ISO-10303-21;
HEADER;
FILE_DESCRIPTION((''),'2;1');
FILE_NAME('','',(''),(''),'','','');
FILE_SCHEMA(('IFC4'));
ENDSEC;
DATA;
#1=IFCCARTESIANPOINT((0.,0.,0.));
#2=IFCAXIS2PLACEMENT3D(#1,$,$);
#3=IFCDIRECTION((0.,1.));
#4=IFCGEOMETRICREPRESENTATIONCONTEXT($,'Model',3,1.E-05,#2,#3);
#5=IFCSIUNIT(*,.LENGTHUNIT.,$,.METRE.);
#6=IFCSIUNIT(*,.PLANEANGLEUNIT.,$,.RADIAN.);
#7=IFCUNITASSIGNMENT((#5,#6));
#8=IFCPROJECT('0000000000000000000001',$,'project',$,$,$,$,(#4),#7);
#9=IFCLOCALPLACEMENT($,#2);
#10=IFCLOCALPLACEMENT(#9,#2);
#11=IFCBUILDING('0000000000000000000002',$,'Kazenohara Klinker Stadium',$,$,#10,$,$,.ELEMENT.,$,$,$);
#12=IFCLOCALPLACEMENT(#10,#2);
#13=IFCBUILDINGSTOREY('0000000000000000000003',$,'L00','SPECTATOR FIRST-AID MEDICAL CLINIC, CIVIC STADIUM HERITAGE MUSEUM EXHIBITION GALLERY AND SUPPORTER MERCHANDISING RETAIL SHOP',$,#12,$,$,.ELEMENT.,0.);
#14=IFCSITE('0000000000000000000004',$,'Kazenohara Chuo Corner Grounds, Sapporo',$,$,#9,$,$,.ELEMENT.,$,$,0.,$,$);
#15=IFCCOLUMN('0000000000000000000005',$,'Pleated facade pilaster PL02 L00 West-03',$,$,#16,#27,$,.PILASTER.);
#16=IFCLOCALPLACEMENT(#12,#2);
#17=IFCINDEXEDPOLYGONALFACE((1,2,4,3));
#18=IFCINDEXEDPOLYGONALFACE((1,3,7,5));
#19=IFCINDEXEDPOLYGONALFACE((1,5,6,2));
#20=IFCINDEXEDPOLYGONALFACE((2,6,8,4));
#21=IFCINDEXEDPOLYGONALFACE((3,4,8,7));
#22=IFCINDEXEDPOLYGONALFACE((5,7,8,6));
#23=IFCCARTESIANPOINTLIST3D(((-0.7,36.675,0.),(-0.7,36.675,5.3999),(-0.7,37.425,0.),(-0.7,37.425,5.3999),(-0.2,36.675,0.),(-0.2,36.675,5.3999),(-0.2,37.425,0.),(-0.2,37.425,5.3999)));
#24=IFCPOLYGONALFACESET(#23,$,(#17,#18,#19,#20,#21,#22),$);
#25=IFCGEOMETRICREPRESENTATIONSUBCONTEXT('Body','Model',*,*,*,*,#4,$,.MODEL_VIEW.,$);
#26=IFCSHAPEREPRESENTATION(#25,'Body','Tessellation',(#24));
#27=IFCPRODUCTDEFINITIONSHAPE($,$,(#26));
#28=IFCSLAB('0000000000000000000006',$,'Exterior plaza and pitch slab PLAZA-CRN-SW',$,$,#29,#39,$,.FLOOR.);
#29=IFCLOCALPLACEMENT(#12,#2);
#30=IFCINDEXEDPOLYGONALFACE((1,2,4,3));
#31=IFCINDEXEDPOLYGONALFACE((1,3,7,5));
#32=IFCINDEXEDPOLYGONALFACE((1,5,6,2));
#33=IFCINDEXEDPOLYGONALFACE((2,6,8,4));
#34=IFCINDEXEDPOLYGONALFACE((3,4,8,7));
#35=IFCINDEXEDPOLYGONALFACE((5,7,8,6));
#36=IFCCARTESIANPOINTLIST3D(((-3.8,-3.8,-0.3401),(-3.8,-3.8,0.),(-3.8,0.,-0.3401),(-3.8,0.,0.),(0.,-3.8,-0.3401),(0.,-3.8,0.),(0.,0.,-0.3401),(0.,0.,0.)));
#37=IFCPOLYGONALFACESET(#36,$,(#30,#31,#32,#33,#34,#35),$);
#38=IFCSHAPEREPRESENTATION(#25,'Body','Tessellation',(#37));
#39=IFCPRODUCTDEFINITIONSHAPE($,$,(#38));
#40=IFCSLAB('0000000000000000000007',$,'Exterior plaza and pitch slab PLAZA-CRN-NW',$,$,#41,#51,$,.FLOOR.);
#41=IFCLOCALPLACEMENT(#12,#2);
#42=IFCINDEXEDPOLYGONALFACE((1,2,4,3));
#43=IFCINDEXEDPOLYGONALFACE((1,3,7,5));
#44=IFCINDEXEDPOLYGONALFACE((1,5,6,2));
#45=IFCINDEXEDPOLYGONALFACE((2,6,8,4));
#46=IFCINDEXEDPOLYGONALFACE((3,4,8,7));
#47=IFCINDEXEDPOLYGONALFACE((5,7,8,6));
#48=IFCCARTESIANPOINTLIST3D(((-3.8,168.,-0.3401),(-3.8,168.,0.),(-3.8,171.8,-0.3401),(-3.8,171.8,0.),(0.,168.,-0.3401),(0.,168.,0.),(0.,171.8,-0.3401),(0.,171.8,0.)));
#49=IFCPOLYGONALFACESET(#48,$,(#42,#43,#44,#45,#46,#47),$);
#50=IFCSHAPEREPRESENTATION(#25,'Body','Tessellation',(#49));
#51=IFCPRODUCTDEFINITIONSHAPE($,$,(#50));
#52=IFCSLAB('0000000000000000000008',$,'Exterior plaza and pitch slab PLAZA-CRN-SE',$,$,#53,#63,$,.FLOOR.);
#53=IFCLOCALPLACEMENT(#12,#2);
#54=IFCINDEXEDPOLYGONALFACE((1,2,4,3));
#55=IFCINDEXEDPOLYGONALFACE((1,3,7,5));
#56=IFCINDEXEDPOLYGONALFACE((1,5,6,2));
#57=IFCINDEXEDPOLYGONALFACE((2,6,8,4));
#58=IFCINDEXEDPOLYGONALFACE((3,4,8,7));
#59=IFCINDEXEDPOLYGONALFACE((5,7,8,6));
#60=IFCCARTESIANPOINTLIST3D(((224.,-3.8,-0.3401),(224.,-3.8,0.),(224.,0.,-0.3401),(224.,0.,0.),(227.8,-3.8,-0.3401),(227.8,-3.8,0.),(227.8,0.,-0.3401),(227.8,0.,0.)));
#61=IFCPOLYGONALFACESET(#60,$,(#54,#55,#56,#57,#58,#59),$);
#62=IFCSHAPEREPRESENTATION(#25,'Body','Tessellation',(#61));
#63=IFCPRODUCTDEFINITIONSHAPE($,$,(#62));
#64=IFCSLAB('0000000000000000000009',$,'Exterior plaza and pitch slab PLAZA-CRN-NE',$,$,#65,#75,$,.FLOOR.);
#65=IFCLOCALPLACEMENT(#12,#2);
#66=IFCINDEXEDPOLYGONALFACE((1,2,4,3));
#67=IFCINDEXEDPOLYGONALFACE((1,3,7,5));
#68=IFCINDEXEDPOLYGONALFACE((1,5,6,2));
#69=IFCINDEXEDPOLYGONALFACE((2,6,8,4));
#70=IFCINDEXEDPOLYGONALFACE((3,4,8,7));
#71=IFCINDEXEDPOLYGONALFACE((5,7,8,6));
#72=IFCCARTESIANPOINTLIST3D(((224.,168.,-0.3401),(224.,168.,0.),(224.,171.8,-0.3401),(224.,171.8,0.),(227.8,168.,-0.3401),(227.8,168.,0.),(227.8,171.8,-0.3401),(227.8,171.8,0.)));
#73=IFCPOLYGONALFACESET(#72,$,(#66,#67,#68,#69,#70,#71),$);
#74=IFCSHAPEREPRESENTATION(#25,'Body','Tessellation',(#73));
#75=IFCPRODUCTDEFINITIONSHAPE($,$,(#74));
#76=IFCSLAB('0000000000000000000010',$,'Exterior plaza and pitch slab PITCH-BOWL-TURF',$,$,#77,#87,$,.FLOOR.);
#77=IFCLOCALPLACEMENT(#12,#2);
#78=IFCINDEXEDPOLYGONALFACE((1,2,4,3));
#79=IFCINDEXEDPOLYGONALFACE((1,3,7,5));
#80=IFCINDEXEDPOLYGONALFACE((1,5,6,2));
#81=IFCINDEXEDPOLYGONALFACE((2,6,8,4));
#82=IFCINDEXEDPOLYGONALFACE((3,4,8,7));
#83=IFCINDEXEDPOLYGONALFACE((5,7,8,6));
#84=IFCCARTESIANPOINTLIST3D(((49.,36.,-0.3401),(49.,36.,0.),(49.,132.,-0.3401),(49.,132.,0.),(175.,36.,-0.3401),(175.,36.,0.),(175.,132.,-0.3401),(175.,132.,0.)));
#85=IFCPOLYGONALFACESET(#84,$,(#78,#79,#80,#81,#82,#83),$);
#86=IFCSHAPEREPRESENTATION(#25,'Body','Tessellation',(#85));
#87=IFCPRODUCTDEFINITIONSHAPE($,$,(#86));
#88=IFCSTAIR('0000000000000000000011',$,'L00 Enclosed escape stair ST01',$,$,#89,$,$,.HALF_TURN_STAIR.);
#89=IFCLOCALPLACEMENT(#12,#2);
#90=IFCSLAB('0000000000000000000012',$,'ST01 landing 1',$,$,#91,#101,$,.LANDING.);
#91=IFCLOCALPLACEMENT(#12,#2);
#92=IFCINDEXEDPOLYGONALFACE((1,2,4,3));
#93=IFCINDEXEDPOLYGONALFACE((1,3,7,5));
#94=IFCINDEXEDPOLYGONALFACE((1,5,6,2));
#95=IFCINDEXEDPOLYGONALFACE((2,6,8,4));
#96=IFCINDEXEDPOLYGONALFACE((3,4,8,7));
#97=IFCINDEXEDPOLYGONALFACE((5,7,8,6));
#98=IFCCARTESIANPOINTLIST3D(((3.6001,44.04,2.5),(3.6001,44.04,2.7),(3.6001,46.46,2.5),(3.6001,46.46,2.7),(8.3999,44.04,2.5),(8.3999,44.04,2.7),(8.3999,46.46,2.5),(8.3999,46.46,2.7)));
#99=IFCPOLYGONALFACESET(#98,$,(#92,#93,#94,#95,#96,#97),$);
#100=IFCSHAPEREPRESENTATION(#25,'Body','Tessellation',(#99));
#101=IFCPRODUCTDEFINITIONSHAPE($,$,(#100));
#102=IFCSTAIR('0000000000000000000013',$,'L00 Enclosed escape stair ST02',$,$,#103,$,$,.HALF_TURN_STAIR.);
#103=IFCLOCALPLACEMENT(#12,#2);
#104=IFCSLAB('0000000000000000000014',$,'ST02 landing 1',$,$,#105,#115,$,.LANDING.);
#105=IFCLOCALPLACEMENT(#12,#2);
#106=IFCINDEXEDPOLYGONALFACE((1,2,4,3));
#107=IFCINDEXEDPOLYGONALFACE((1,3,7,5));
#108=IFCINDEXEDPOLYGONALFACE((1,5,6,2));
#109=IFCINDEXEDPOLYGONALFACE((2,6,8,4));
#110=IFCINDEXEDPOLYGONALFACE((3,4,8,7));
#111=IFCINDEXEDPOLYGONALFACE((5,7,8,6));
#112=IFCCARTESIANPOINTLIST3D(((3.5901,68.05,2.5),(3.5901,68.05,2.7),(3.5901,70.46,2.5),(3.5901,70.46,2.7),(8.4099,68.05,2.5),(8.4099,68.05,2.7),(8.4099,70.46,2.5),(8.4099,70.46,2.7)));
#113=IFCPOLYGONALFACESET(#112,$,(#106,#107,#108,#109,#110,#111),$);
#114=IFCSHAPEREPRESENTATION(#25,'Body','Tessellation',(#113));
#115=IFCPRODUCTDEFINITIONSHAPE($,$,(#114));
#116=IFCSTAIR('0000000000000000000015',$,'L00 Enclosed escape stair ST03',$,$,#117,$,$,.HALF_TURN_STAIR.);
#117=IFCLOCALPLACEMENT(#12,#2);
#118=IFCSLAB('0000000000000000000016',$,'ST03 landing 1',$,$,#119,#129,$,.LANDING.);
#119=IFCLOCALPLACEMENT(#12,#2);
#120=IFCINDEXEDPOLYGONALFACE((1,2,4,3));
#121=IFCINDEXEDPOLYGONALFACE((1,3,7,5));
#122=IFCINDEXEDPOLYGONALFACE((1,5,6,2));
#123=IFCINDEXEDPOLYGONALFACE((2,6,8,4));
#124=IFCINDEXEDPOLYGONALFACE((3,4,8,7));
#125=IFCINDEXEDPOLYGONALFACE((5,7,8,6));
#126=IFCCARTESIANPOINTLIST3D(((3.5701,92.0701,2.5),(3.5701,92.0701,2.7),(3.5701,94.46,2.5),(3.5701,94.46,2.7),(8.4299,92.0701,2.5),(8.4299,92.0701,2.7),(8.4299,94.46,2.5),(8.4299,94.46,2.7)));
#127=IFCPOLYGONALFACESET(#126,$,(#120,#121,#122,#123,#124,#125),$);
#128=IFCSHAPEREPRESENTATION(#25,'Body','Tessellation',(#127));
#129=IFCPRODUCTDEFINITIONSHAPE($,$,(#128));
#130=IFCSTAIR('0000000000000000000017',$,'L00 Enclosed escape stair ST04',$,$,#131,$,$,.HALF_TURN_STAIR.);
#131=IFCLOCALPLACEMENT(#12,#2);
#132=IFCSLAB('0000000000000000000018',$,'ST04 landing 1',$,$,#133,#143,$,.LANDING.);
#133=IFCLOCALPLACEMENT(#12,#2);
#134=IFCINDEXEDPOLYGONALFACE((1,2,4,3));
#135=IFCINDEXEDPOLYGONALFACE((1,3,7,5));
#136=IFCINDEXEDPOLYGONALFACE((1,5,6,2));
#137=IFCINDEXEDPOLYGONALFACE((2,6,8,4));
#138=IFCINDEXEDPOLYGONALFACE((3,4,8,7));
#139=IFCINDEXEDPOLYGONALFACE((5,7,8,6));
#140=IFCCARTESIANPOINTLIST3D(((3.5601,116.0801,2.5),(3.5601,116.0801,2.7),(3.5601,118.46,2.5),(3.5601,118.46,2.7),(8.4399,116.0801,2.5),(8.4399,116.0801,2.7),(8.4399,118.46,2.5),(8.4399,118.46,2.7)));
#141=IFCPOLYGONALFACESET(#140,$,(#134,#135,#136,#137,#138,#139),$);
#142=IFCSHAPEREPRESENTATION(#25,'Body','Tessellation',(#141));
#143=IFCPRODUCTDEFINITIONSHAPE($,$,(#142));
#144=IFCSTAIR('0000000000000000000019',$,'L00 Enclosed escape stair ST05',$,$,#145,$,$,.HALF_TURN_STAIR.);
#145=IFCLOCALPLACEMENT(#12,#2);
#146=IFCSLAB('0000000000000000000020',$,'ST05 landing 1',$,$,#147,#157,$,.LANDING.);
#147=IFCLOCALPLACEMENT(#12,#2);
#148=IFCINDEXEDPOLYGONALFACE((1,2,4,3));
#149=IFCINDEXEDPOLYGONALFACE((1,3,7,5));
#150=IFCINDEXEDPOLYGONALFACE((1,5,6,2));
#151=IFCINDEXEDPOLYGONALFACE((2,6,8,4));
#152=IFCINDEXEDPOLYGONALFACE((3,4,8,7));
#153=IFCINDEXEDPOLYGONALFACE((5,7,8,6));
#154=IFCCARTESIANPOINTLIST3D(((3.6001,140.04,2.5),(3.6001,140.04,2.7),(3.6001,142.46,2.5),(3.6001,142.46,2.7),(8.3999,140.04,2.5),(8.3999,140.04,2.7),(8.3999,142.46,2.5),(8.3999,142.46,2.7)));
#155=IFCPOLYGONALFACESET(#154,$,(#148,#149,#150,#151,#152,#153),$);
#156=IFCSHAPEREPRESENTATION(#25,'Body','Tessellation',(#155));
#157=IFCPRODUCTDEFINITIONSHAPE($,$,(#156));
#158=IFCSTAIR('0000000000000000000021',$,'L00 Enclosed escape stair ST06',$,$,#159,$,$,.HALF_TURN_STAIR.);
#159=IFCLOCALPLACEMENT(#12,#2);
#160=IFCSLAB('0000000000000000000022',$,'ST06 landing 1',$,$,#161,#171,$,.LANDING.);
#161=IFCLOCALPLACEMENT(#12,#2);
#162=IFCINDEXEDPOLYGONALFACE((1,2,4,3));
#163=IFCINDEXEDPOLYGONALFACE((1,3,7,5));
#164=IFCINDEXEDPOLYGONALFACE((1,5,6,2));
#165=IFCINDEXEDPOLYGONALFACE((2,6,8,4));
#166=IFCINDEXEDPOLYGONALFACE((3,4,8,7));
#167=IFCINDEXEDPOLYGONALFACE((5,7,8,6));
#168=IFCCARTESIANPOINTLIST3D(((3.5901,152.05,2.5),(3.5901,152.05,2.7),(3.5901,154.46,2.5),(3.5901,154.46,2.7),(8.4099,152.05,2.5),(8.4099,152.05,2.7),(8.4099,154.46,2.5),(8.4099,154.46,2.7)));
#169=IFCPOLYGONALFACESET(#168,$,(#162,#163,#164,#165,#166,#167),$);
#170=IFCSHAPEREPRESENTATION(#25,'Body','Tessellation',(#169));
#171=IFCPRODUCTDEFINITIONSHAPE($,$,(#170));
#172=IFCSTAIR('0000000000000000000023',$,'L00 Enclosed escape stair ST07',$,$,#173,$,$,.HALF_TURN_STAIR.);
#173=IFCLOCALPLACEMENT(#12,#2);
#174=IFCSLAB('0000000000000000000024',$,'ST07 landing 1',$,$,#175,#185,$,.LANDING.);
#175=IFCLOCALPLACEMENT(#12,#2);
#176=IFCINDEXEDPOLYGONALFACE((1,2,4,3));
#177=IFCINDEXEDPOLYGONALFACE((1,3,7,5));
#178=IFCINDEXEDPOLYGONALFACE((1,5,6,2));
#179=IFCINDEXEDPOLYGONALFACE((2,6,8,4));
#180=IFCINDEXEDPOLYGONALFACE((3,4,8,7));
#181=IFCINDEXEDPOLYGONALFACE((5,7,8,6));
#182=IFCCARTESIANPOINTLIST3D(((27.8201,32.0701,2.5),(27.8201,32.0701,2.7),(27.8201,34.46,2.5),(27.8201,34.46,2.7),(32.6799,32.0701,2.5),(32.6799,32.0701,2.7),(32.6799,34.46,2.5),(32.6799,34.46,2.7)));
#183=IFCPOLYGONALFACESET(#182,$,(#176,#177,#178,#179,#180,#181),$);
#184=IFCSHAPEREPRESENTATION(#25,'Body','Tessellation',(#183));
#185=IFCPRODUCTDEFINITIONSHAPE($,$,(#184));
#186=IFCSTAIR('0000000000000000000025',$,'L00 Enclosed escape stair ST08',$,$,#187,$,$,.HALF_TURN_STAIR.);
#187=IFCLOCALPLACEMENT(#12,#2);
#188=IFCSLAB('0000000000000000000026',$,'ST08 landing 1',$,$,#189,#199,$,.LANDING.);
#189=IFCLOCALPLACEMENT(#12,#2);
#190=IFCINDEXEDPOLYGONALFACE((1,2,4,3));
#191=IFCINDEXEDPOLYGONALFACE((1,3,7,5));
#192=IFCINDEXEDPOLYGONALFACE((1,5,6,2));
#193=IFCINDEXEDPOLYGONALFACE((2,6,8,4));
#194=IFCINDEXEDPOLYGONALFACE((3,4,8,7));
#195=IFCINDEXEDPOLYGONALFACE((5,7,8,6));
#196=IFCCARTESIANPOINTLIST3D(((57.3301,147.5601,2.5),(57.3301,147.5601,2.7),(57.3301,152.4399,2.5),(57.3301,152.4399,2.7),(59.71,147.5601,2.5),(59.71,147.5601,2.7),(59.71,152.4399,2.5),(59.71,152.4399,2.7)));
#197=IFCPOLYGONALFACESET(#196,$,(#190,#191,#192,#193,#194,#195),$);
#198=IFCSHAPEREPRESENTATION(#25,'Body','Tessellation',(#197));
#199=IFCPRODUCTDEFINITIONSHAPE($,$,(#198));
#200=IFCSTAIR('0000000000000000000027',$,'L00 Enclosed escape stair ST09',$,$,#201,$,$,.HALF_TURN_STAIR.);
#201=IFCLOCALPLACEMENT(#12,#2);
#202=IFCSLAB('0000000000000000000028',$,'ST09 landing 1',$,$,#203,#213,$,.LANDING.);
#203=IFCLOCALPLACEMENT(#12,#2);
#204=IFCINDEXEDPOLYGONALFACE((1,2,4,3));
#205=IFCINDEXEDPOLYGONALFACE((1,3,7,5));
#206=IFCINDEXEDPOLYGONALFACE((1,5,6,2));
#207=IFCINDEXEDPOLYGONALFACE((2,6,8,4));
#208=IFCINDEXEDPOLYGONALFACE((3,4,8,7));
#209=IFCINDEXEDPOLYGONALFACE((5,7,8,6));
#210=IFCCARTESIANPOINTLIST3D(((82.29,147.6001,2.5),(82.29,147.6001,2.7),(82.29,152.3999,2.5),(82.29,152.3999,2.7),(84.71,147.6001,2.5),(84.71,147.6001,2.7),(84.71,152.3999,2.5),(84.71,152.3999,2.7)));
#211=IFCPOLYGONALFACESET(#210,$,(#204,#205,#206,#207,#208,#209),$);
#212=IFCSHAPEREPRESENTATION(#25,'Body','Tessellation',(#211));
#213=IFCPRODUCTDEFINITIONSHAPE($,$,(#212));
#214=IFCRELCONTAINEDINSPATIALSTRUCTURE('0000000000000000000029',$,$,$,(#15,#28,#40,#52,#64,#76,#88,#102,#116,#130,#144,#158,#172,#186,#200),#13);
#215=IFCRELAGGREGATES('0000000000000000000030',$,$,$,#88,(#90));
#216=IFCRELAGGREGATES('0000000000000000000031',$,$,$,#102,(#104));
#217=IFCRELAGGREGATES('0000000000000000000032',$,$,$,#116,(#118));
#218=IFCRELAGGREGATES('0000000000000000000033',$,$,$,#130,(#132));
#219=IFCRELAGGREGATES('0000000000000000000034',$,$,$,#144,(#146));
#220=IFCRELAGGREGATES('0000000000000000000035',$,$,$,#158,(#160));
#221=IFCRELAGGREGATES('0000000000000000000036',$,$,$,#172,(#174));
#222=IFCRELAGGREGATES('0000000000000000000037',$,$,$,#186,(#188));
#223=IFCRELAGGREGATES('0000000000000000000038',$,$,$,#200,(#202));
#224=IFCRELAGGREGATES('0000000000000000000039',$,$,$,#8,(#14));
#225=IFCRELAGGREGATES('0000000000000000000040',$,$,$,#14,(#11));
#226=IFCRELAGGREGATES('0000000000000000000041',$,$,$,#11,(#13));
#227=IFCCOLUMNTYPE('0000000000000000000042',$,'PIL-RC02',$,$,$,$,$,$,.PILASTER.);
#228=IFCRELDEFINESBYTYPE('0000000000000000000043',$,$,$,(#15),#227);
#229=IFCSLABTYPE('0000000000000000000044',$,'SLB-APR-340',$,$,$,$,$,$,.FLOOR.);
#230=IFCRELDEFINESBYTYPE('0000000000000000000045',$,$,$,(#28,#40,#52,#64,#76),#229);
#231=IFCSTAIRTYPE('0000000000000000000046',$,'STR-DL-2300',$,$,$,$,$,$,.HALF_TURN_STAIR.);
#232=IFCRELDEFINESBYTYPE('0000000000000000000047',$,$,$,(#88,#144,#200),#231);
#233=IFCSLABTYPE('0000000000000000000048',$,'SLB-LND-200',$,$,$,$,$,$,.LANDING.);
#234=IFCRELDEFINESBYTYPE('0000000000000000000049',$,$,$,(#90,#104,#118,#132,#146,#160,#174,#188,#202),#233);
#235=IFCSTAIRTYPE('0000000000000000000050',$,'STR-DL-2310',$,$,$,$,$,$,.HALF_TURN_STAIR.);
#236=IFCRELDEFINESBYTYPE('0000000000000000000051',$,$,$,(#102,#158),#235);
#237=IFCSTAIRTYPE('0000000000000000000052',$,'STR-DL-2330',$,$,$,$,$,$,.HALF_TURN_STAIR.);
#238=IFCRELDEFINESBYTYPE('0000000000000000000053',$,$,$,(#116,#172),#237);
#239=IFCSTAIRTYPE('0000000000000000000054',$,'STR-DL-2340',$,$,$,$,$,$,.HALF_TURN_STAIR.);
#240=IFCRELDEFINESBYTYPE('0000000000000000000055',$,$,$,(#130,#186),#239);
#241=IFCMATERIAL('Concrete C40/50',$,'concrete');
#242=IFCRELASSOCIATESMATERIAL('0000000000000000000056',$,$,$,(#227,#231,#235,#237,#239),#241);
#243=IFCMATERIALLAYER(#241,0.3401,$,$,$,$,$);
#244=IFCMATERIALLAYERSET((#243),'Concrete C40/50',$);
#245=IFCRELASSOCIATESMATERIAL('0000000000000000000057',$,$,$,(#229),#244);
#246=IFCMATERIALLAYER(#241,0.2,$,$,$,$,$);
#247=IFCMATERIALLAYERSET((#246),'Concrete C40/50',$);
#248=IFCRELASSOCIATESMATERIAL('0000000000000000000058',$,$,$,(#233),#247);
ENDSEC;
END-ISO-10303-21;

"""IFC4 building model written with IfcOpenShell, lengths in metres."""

from ifc_helpers import new_model, si_unit, direction, frame, origin, origin_2d, place, context, subcontext, project, spatial, polyline, rectangle, outline, extrude, material, layer, layer_set, material_profile, profile_set, type_object, element, aggregate, save


model = new_model("IFC4")

# Units and contexts
model_context = context("Model", 3, precision=1e-05, world=origin(), true_north=direction((0.0, 1.0)))
body_context = subcontext(model_context, "Body", "Model", "MODEL_VIEW")
ifc_project = project(units=[si_unit("LENGTHUNIT", "METRE"), si_unit("PLANEANGLEUNIT", "RADIAN")], contexts=[model_context])

# Site, building, storey
site_placement = place(None, origin())
site = spatial("IfcSite", under=ifc_project, at=site_placement, Name="Kazenohara Chuo Corner Grounds, Sapporo", CompositionType="ELEMENT", RefElevation=0.0)
building_placement = place(site_placement, origin())
building = spatial("IfcBuilding", under=site, at=building_placement, Name="Kazenohara Klinker Stadium", CompositionType="ELEMENT")
storey_placement = place(building_placement, origin())
storey = spatial("IfcBuildingStorey", under=building, at=storey_placement, Name="L00", Description="SPECTATOR FIRST-AID MEDICAL CLINIC, CIVIC STADIUM HERITAGE MUSEUM EXHIBITION GALLERY AND SUPPORTER MERCHANDISING RETAIL SHOP", CompositionType="ELEMENT", Elevation=0.0)

# Column
ifc_material = material(Name="Concrete C40/50", Category="concrete")
ifc_material_profile = material_profile(ifc_material, rectangle(XDim=0.5, YDim=0.75, at=origin_2d()), Name="RC-PILASTER-500x750")
ifc_profile_set = profile_set([ifc_material_profile], Name="Concrete C40/50")
column_type = type_object("IfcColumnType", Name="PIL-RC02", PredefinedType="PILASTER", material=ifc_profile_set)
column_placement = place(storey_placement, frame((-0.45, 37.05, 0.0), z_axis=(0.0, 0.0, 1.0), x_axis=(1.0, 0.0, 0.0)))
element("IfcColumn", 1, at=column_placement, inside=storey, type_object=column_type, Name="Pleated facade pilaster PL02 L00 West-03", PredefinedType="PILASTER", context=body_context, shape_type="SweptSolid", body=[
    extrude(rectangle(XDim=0.5, YDim=0.75, at=origin_2d()), origin(), (0.0, 0.0, 1.0), 5.3999),
])

# Slabs
ifc_layer_1 = layer(ifc_material, 0.3401)
ifc_layer_set_1 = layer_set([ifc_layer_1], Name="Concrete C40/50")
slab_type_1 = type_object("IfcSlabType", Name="SLB-APR-340", PredefinedType="FLOOR", material=ifc_layer_set_1)
slab_1_placement = place(storey_placement, frame((0.0, 0.0, -0.3401)))
element("IfcSlab", 2, at=slab_1_placement, inside=storey, type_object=slab_type_1, Name="Exterior plaza and pitch slab PLAZA-CRN-SW", PredefinedType="FLOOR", context=body_context, shape_type="SweptSolid", body=[
    extrude(outline(polyline([(-3.8, -3.8), (0.0, -3.8), (0.0, 0.0), (-3.8, 0.0), (-3.8, -3.8)])), origin(), (0.0, 0.0, 1.0), 0.3401),
])
slab_2_placement = place(storey_placement, frame((0.0, 0.0, -0.3401)))
element("IfcSlab", 3, at=slab_2_placement, inside=storey, type_object=slab_type_1, Name="Exterior plaza and pitch slab PLAZA-CRN-NW", PredefinedType="FLOOR", context=body_context, shape_type="SweptSolid", body=[
    extrude(outline(polyline([(-3.8, 168.0), (0.0, 168.0), (0.0, 171.8), (-3.8, 171.8), (-3.8, 168.0)])), origin(), (0.0, 0.0, 1.0), 0.3401),
])
slab_3_placement = place(storey_placement, frame((0.0, 0.0, -0.3401)))
element("IfcSlab", 4, at=slab_3_placement, inside=storey, type_object=slab_type_1, Name="Exterior plaza and pitch slab PLAZA-CRN-SE", PredefinedType="FLOOR", context=body_context, shape_type="SweptSolid", body=[
    extrude(outline(polyline([(224.0, -3.8), (227.8, -3.8), (227.8, 0.0), (224.0, 0.0), (224.0, -3.8)])), origin(), (0.0, 0.0, 1.0), 0.3401),
])
slab_4_placement = place(storey_placement, frame((0.0, 0.0, -0.3401)))
element("IfcSlab", 5, at=slab_4_placement, inside=storey, type_object=slab_type_1, Name="Exterior plaza and pitch slab PLAZA-CRN-NE", PredefinedType="FLOOR", context=body_context, shape_type="SweptSolid", body=[
    extrude(outline(polyline([(224.0, 168.0), (227.8, 168.0), (227.8, 171.8), (224.0, 171.8), (224.0, 168.0)])), origin(), (0.0, 0.0, 1.0), 0.3401),
])
slab_5_placement = place(storey_placement, frame((0.0, 0.0, -0.3401)))
element("IfcSlab", 6, at=slab_5_placement, inside=storey, type_object=slab_type_1, Name="Exterior plaza and pitch slab PITCH-BOWL-TURF", PredefinedType="FLOOR", context=body_context, shape_type="SweptSolid", body=[
    extrude(outline(polyline([(49.0, 36.0), (175.0, 36.0), (175.0, 132.0), (49.0, 132.0), (49.0, 36.0)])), origin(), (0.0, 0.0, 1.0), 0.3401),
])

# Stairs, slabs
stair_type_1 = type_object("IfcStairType", Name="STR-DL-2300", PredefinedType="HALF_TURN_STAIR", material=ifc_material)
stair_1_placement = place(storey_placement, origin())
stair_1 = element("IfcStair", 7, at=stair_1_placement, inside=storey, type_object=stair_type_1, Name="L00 Enclosed escape stair ST01", PredefinedType="HALF_TURN_STAIR")
ifc_layer_2 = layer(ifc_material, 0.2)
ifc_layer_set_2 = layer_set([ifc_layer_2], Name="Concrete C40/50")
slab_type_2 = type_object("IfcSlabType", Name="SLB-LND-200", PredefinedType="LANDING", material=ifc_layer_set_2)
slab_6_placement = place(storey_placement, frame((0.0, 0.0, 2.5)))
slab_6 = element("IfcSlab", 8, at=slab_6_placement, type_object=slab_type_2, Name="ST01 landing 1", PredefinedType="LANDING", context=body_context, shape_type="SweptSolid", body=[
    extrude(outline(polyline([(8.3999, 44.04), (8.3999, 46.46), (3.6001, 46.46), (3.6001, 44.04), (8.3999, 44.04)])), origin(), (0.0, 0.0, 1.0), 0.2),
])
aggregate(stair_1, [slab_6])
stair_type_2 = type_object("IfcStairType", Name="STR-DL-2310", PredefinedType="HALF_TURN_STAIR", material=ifc_material)
stair_2_placement = place(storey_placement, origin())
stair_2 = element("IfcStair", 9, at=stair_2_placement, inside=storey, type_object=stair_type_2, Name="L00 Enclosed escape stair ST02", PredefinedType="HALF_TURN_STAIR")
slab_7_placement = place(storey_placement, frame((0.0, 0.0, 2.5)))
slab_7 = element("IfcSlab", 10, at=slab_7_placement, type_object=slab_type_2, Name="ST02 landing 1", PredefinedType="LANDING", context=body_context, shape_type="SweptSolid", body=[
    extrude(outline(polyline([(8.4099, 68.05), (8.4099, 70.46), (3.5901, 70.46), (3.5901, 68.05), (8.4099, 68.05)])), origin(), (0.0, 0.0, 1.0), 0.2),
])
aggregate(stair_2, [slab_7])
stair_type_3 = type_object("IfcStairType", Name="STR-DL-2330", PredefinedType="HALF_TURN_STAIR", material=ifc_material)
stair_3_placement = place(storey_placement, origin())
stair_3 = element("IfcStair", 11, at=stair_3_placement, inside=storey, type_object=stair_type_3, Name="L00 Enclosed escape stair ST03", PredefinedType="HALF_TURN_STAIR")
slab_8_placement = place(storey_placement, frame((0.0, 0.0, 2.5)))
slab_8 = element("IfcSlab", 12, at=slab_8_placement, type_object=slab_type_2, Name="ST03 landing 1", PredefinedType="LANDING", context=body_context, shape_type="SweptSolid", body=[
    extrude(outline(polyline([(8.4299, 92.0701), (8.4299, 94.46), (3.5701, 94.46), (3.5701, 92.0701), (8.4299, 92.0701)])), origin(), (0.0, 0.0, 1.0), 0.2),
])
aggregate(stair_3, [slab_8])
stair_type_4 = type_object("IfcStairType", Name="STR-DL-2340", PredefinedType="HALF_TURN_STAIR", material=ifc_material)
stair_4_placement = place(storey_placement, origin())
stair_4 = element("IfcStair", 13, at=stair_4_placement, inside=storey, type_object=stair_type_4, Name="L00 Enclosed escape stair ST04", PredefinedType="HALF_TURN_STAIR")
slab_9_placement = place(storey_placement, frame((0.0, 0.0, 2.5)))
slab_9 = element("IfcSlab", 14, at=slab_9_placement, type_object=slab_type_2, Name="ST04 landing 1", PredefinedType="LANDING", context=body_context, shape_type="SweptSolid", body=[
    extrude(outline(polyline([(8.4399, 116.0801), (8.4399, 118.46), (3.5601, 118.46), (3.5601, 116.0801), (8.4399, 116.0801)])), origin(), (0.0, 0.0, 1.0), 0.2),
])
aggregate(stair_4, [slab_9])
stair_5_placement = place(storey_placement, origin())
stair_5 = element("IfcStair", 15, at=stair_5_placement, inside=storey, type_object=stair_type_1, Name="L00 Enclosed escape stair ST05", PredefinedType="HALF_TURN_STAIR")
slab_10_placement = place(storey_placement, frame((0.0, 0.0, 2.5)))
slab_10 = element("IfcSlab", 16, at=slab_10_placement, type_object=slab_type_2, Name="ST05 landing 1", PredefinedType="LANDING", context=body_context, shape_type="SweptSolid", body=[
    extrude(outline(polyline([(8.3999, 140.04), (8.3999, 142.46), (3.6001, 142.46), (3.6001, 140.04), (8.3999, 140.04)])), origin(), (0.0, 0.0, 1.0), 0.2),
])
aggregate(stair_5, [slab_10])
stair_6_placement = place(storey_placement, origin())
stair_6 = element("IfcStair", 17, at=stair_6_placement, inside=storey, type_object=stair_type_2, Name="L00 Enclosed escape stair ST06", PredefinedType="HALF_TURN_STAIR")
slab_11_placement = place(storey_placement, frame((0.0, 0.0, 2.5)))
slab_11 = element("IfcSlab", 18, at=slab_11_placement, type_object=slab_type_2, Name="ST06 landing 1", PredefinedType="LANDING", context=body_context, shape_type="SweptSolid", body=[
    extrude(outline(polyline([(8.4099, 152.05), (8.4099, 154.46), (3.5901, 154.46), (3.5901, 152.05), (8.4099, 152.05)])), origin(), (0.0, 0.0, 1.0), 0.2),
])
aggregate(stair_6, [slab_11])
stair_7_placement = place(storey_placement, origin())
stair_7 = element("IfcStair", 19, at=stair_7_placement, inside=storey, type_object=stair_type_3, Name="L00 Enclosed escape stair ST07", PredefinedType="HALF_TURN_STAIR")
slab_12_placement = place(storey_placement, frame((0.0, 0.0, 2.5)))
slab_12 = element("IfcSlab", 20, at=slab_12_placement, type_object=slab_type_2, Name="ST07 landing 1", PredefinedType="LANDING", context=body_context, shape_type="SweptSolid", body=[
    extrude(outline(polyline([(32.6799, 32.0701), (32.6799, 34.46), (27.8201, 34.46), (27.8201, 32.0701), (32.6799, 32.0701)])), origin(), (0.0, 0.0, 1.0), 0.2),
])
aggregate(stair_7, [slab_12])
stair_8_placement = place(storey_placement, origin())
stair_8 = element("IfcStair", 21, at=stair_8_placement, inside=storey, type_object=stair_type_4, Name="L00 Enclosed escape stair ST08", PredefinedType="HALF_TURN_STAIR")
slab_13_placement = place(storey_placement, frame((0.0, 0.0, 2.5)))
slab_13 = element("IfcSlab", 22, at=slab_13_placement, type_object=slab_type_2, Name="ST08 landing 1", PredefinedType="LANDING", context=body_context, shape_type="SweptSolid", body=[
    extrude(outline(polyline([(57.3301, 147.5601), (59.71, 147.5601), (59.71, 152.4399), (57.3301, 152.4399), (57.3301, 147.5601)])), origin(), (0.0, 0.0, 1.0), 0.2),
])
aggregate(stair_8, [slab_13])
stair_9_placement = place(storey_placement, origin())
stair_9 = element("IfcStair", 23, at=stair_9_placement, inside=storey, type_object=stair_type_1, Name="L00 Enclosed escape stair ST09", PredefinedType="HALF_TURN_STAIR")
slab_14_placement = place(storey_placement, frame((0.0, 0.0, 2.5)))
slab_14 = element("IfcSlab", 24, at=slab_14_placement, type_object=slab_type_2, Name="ST09 landing 1", PredefinedType="LANDING", context=body_context, shape_type="SweptSolid", body=[
    extrude(outline(polyline([(82.29, 147.6001), (84.71, 147.6001), (84.71, 152.3999), (82.29, 152.3999), (82.29, 147.6001)])), origin(), (0.0, 0.0, 1.0), 0.2),
])
aggregate(stair_9, [slab_14])

save(model, "model.ifc")
